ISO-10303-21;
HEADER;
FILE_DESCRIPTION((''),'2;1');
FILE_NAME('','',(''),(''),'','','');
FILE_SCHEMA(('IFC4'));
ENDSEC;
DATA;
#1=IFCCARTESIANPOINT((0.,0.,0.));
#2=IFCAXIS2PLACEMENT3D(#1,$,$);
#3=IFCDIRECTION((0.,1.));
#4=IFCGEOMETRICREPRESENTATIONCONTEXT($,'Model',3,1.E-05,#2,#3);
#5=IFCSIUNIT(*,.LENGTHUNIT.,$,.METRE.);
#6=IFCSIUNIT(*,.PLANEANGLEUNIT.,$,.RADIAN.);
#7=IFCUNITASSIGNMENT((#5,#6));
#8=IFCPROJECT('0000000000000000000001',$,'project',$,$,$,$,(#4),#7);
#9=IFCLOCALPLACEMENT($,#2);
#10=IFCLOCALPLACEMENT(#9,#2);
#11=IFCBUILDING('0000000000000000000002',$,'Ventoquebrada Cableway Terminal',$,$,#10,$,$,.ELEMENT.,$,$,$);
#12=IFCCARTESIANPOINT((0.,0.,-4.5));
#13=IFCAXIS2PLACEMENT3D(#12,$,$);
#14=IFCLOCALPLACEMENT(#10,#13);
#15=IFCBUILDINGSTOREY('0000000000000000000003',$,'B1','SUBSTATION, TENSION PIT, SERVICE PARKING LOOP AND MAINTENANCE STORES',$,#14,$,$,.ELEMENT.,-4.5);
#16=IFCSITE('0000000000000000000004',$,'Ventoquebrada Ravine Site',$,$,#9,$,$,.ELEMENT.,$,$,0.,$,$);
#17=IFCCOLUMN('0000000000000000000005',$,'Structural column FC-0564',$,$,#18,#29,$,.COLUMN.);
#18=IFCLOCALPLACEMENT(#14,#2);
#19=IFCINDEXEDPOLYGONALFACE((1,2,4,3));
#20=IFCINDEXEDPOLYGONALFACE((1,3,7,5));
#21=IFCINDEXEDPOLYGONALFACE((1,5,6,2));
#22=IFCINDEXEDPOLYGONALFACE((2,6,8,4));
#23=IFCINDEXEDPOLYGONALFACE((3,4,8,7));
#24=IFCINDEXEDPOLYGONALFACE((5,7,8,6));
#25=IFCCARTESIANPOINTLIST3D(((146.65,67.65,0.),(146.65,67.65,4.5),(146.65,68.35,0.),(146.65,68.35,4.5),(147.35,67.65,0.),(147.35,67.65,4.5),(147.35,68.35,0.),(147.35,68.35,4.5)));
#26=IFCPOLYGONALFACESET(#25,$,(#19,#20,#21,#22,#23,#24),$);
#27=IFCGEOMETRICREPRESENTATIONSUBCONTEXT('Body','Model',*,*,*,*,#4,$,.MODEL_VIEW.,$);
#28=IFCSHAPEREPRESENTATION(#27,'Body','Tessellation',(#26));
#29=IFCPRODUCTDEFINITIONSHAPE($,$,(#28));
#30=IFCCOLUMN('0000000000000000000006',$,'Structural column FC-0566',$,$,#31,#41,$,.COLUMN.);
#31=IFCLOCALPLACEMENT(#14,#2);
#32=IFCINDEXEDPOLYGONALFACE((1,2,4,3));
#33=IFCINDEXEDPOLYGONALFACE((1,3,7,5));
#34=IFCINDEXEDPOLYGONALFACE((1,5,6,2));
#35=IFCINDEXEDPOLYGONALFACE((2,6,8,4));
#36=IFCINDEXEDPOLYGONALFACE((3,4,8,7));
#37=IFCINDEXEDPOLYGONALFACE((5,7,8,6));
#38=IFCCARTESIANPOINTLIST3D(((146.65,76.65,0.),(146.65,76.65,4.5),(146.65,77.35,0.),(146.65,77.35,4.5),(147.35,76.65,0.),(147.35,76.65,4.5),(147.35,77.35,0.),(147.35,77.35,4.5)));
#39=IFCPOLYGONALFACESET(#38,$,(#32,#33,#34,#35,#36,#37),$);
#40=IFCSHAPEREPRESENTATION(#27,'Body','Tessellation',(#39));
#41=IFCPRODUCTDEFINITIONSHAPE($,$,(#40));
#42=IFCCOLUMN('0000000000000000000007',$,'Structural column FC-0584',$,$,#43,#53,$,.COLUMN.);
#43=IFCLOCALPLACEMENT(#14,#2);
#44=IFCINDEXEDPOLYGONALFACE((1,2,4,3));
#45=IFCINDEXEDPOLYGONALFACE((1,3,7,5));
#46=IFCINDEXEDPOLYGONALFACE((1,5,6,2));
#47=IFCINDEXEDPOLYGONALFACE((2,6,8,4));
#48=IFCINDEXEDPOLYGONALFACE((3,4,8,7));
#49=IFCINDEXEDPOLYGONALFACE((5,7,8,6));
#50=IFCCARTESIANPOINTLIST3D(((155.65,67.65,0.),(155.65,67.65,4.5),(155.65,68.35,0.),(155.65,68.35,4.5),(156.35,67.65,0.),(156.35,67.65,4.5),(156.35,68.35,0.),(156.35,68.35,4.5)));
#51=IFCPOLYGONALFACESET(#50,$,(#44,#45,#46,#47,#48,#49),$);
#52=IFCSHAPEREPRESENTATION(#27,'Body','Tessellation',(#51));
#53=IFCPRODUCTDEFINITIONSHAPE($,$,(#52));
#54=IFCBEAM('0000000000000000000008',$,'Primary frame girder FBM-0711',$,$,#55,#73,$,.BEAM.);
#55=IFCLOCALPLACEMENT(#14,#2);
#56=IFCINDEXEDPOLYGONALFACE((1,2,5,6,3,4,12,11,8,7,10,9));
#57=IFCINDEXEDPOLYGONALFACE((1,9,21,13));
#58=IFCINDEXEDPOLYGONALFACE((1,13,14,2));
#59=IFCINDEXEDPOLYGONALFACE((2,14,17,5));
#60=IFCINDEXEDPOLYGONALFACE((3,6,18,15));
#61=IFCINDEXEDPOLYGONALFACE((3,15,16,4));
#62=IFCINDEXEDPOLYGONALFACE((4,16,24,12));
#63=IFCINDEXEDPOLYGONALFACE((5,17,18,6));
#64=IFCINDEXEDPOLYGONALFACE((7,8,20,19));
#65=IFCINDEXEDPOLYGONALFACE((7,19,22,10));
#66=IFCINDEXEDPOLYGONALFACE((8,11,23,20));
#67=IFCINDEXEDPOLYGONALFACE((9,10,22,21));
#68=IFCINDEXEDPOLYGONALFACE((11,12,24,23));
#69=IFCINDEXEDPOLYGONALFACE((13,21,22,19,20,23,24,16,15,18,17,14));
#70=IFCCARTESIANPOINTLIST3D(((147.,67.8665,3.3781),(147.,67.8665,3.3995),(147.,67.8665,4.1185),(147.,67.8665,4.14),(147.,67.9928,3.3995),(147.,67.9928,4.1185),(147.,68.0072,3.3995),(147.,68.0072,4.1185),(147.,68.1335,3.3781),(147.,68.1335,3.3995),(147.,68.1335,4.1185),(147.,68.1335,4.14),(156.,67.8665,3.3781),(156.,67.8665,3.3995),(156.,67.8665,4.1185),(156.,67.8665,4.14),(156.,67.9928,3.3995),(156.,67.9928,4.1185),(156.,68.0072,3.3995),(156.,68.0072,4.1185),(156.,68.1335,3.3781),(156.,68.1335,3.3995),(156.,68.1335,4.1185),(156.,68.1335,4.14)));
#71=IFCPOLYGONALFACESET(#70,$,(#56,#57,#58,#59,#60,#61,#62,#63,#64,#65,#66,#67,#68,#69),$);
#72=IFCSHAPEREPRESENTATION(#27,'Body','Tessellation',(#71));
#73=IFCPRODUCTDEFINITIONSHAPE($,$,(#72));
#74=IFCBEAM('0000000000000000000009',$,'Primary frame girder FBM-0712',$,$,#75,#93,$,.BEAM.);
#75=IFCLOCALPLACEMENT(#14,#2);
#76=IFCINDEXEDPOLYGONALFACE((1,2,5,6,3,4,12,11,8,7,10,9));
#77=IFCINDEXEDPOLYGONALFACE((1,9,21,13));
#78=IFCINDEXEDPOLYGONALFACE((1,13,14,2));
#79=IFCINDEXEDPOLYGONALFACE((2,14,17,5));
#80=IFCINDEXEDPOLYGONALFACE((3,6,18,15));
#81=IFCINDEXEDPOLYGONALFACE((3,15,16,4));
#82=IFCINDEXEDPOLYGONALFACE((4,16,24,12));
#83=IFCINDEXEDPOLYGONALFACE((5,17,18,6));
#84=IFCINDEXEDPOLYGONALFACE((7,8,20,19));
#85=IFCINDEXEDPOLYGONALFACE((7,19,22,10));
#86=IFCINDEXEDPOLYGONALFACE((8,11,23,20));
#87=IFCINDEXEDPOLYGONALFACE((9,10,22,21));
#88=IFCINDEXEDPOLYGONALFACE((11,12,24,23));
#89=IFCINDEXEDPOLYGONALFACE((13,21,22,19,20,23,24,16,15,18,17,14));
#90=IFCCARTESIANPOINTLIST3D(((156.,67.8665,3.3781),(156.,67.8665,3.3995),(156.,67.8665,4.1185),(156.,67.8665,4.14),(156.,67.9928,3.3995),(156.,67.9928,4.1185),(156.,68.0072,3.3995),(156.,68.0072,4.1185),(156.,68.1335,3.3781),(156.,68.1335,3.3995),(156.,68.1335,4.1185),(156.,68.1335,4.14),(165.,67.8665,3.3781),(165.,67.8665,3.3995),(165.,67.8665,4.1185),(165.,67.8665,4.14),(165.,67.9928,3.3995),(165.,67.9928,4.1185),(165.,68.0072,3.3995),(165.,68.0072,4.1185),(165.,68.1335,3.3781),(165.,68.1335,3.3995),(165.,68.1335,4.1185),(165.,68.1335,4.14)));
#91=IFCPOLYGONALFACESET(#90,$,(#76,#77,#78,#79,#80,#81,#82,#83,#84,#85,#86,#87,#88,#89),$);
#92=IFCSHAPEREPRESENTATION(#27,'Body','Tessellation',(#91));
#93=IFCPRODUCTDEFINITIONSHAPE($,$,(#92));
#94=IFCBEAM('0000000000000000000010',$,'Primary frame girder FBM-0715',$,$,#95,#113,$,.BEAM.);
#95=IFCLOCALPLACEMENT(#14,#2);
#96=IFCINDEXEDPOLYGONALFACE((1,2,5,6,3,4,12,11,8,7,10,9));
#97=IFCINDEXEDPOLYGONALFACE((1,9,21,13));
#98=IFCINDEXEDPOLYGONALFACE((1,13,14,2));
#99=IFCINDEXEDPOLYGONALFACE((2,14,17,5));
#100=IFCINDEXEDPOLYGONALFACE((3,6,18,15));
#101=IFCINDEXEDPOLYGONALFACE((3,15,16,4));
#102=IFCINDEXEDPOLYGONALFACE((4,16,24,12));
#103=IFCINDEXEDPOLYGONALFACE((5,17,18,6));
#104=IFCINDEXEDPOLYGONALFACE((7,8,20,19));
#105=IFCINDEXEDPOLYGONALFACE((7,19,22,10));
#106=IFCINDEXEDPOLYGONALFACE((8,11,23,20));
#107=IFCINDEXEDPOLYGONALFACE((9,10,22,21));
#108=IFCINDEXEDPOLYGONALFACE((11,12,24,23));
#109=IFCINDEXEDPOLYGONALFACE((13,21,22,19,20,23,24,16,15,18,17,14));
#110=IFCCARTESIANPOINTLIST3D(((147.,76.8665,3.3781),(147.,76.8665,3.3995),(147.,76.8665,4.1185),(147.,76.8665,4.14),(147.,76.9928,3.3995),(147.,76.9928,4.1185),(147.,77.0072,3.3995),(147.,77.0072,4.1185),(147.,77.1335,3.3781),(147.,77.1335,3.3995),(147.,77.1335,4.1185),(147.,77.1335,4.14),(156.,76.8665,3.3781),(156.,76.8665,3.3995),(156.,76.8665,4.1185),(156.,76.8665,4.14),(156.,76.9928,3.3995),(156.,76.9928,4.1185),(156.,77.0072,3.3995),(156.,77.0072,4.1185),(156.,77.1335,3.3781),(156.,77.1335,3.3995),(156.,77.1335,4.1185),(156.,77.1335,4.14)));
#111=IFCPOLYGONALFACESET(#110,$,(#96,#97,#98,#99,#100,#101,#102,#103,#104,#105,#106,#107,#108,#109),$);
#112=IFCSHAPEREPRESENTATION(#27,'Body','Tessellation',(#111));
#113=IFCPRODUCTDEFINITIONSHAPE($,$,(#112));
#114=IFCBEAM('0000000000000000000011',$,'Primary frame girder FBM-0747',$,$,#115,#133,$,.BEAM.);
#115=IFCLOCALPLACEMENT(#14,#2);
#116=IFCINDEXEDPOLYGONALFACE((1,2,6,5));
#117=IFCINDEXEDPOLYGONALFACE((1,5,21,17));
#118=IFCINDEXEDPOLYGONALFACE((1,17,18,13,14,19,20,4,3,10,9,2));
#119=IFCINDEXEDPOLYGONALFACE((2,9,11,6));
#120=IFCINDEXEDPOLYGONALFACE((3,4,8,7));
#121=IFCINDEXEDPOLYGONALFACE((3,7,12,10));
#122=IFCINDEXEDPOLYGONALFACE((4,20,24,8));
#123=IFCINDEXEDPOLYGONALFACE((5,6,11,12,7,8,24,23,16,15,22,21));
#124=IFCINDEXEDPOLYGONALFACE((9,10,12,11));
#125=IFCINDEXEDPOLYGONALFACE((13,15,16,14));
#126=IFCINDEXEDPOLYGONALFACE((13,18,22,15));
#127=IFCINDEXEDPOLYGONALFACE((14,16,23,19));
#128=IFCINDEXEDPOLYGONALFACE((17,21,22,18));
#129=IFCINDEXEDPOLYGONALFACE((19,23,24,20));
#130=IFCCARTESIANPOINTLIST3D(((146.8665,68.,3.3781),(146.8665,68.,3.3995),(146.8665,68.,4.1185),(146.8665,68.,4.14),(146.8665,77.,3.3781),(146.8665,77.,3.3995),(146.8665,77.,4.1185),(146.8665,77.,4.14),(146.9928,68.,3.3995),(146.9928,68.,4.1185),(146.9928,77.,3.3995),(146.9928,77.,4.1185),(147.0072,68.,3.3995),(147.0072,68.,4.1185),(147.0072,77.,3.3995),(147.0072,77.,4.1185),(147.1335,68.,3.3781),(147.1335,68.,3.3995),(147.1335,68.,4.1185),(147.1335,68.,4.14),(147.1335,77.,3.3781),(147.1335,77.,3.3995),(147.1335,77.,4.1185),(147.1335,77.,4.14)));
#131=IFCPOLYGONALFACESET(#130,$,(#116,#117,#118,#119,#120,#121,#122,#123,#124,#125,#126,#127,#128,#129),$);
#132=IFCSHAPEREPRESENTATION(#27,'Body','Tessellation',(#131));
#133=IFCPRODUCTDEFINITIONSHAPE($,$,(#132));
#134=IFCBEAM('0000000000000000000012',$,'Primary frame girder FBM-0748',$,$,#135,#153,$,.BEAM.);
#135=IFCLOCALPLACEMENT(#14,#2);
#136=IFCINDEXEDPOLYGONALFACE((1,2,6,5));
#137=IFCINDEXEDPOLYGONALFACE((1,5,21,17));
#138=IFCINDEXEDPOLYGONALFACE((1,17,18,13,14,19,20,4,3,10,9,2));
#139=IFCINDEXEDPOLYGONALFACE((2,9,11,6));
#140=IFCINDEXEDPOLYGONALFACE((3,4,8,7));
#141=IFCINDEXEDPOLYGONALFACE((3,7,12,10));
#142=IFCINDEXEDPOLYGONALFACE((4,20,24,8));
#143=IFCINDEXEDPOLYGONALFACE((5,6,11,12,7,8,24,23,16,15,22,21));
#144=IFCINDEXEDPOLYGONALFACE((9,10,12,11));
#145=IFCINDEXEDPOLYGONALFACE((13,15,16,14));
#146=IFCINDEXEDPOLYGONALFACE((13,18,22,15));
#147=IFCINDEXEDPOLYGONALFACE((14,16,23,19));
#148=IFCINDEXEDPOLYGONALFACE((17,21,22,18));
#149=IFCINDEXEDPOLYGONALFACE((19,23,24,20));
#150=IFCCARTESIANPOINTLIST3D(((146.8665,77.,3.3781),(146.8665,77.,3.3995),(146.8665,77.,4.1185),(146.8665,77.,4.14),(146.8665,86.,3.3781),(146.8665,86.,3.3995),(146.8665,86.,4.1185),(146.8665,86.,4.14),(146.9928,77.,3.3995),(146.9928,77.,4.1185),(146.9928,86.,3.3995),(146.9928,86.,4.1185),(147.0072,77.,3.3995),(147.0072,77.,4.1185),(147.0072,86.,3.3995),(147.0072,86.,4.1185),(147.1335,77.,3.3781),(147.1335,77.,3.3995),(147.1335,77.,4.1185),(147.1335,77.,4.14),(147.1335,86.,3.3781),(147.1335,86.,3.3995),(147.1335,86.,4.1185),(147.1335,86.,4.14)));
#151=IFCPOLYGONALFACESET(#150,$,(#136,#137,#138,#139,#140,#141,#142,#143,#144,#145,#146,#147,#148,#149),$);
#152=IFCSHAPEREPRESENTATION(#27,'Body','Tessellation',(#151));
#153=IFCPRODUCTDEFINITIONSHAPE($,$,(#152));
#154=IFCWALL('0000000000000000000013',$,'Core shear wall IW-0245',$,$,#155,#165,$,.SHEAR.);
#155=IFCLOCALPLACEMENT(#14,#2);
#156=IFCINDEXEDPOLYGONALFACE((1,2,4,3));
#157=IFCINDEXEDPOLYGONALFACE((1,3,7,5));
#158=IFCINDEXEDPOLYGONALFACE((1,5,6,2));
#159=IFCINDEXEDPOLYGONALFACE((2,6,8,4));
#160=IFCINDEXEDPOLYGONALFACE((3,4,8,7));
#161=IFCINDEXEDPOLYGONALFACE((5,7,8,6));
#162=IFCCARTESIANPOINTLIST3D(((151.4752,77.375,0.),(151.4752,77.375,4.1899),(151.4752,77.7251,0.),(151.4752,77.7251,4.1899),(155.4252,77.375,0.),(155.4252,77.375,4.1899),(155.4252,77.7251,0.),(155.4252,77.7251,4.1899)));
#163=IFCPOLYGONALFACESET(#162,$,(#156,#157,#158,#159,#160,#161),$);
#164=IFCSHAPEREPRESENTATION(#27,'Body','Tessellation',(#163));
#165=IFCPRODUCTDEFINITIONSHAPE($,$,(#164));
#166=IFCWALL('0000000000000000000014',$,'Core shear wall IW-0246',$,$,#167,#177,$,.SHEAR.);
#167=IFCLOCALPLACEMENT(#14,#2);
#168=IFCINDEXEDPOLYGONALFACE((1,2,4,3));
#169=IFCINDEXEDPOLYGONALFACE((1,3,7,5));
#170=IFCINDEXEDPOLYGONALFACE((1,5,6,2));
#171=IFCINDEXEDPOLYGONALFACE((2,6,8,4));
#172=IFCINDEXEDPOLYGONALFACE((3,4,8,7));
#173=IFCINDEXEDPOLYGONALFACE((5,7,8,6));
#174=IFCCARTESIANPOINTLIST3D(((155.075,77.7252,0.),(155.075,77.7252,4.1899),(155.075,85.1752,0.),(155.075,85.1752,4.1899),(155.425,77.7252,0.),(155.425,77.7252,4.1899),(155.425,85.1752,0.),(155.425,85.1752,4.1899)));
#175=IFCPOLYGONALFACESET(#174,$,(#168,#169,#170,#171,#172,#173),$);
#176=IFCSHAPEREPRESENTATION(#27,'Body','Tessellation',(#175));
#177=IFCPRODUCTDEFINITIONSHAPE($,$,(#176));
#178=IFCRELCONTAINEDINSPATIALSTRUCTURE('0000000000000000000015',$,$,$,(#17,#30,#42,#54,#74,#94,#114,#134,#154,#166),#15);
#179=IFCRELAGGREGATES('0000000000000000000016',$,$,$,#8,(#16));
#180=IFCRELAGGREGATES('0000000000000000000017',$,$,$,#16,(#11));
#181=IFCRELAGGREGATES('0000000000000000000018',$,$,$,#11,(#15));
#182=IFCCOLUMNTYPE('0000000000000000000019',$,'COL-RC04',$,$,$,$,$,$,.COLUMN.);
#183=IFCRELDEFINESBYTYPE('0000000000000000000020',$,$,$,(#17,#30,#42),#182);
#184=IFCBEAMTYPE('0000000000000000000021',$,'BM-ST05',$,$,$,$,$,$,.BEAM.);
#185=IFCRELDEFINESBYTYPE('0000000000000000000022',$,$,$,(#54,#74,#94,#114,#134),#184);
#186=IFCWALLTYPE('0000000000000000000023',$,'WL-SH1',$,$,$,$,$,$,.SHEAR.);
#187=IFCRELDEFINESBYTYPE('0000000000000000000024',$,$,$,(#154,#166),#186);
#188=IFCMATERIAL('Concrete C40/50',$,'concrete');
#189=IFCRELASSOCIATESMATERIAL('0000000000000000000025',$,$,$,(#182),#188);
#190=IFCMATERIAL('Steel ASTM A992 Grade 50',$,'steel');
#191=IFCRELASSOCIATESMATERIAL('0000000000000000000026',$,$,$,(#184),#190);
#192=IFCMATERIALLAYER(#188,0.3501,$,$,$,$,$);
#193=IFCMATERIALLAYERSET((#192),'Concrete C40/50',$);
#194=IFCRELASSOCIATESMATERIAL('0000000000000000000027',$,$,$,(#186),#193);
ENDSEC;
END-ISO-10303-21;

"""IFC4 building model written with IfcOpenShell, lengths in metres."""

from ifc_helpers import new_model, si_unit, direction, frame, frame_2d, origin, origin_2d, place, context, subcontext, project, spatial, rectangle, i_section, extrude, material, layer, layer_set, material_profile, profile_set, type_object, element, save


model = new_model("IFC4")

# Units and contexts
model_context = context("Model", 3, precision=1e-05, world=origin(), true_north=direction((0.0, 1.0)))
body_context = subcontext(model_context, "Body", "Model", "MODEL_VIEW")
ifc_project = project(units=[si_unit("LENGTHUNIT", "METRE"), si_unit("PLANEANGLEUNIT", "RADIAN")], contexts=[model_context])

# Site, building, storey
site_placement = place(None, origin())
site = spatial("IfcSite", under=ifc_project, at=site_placement, Name="Ventoquebrada Ravine Site", CompositionType="ELEMENT", RefElevation=0.0)
building_placement = place(site_placement, origin())
building = spatial("IfcBuilding", under=site, at=building_placement, Name="Ventoquebrada Cableway Terminal", CompositionType="ELEMENT")
storey_placement = place(building_placement, frame((0.0, 0.0, -4.5)))
storey = spatial("IfcBuildingStorey", under=building, at=storey_placement, Name="B1", Description="SUBSTATION, TENSION PIT, SERVICE PARKING LOOP AND MAINTENANCE STORES", CompositionType="ELEMENT", Elevation=-4.5)

# Shared definitions
ifc_material_1 = material(Name="Concrete C40/50", Category="concrete")

# Columns
ifc_material_profile_1 = material_profile(ifc_material_1, rectangle(XDim=0.7, YDim=0.7, at=origin_2d()), Name="RC-COL-700X700")
ifc_profile_set_1 = profile_set([ifc_material_profile_1], Name="Concrete C40/50")
column_type = type_object("IfcColumnType", Name="COL-RC04", PredefinedType="COLUMN", material=ifc_profile_set_1)
for number, where, z_axis, x_axis, name in (
    (1, (147.0, 68.0, 0.0), (0.0, 0.0, 1.0), (1.0, 0.0, 0.0), "Structural column FC-0564"),
    (2, (147.0, 77.0, 0.0), (0.0, 0.0, 1.0), (1.0, 0.0, 0.0), "Structural column FC-0566"),
    (3, (156.0, 68.0, 0.0), (0.0, 0.0, 1.0), (1.0, 0.0, 0.0), "Structural column FC-0584"),
):
    element("IfcColumn", number, at=place(storey_placement, frame(where, z_axis=z_axis, x_axis=x_axis)), inside=storey, type_object=column_type, Name=name, PredefinedType="COLUMN", context=body_context, shape_type="SweptSolid", body=[
        extrude(rectangle(XDim=0.7, YDim=0.7, at=origin_2d()), origin(), (0.0, 0.0, 1.0), 4.5),
    ])

# Beams
ifc_material_2 = material(Name="Steel ASTM A992 Grade 50", Category="steel")
ifc_material_profile_2 = material_profile(ifc_material_2, i_section(OverallWidth=0.2671, OverallDepth=0.762, WebThickness=0.0144, FlangeThickness=0.0215, at=origin_2d()), Name="W30X116")
ifc_profile_set_2 = profile_set([ifc_material_profile_2], Name="Steel ASTM A992 Grade 50")
beam_type = type_object("IfcBeamType", Name="BM-ST05", PredefinedType="BEAM", material=ifc_profile_set_2)
for number, where, z_axis, x_axis, name in (
    (4, (147.0, 68.0, 3.759), (1.0, 0.0, 0.0), (0.0, 1.0, 0.0), "Primary frame girder FBM-0711"),
    (5, (156.0, 68.0, 3.759), (1.0, 0.0, 0.0), (0.0, 1.0, 0.0), "Primary frame girder FBM-0712"),
    (6, (147.0, 77.0, 3.759), (1.0, 0.0, 0.0), (0.0, 1.0, 0.0), "Primary frame girder FBM-0715"),
    (7, (147.0, 68.0, 3.759), (0.0, 1.0, 0.0), (-1.0, 0.0, 0.0), "Primary frame girder FBM-0747"),
    (8, (147.0, 77.0, 3.759), (0.0, 1.0, 0.0), (-1.0, 0.0, 0.0), "Primary frame girder FBM-0748"),
):
    element("IfcBeam", number, at=place(storey_placement, frame(where, z_axis=z_axis, x_axis=x_axis)), inside=storey, type_object=beam_type, Name=name, PredefinedType="BEAM", context=body_context, shape_type="SweptSolid", body=[
        extrude(i_section(OverallWidth=0.2671, OverallDepth=0.762, WebThickness=0.0144, FlangeThickness=0.0215, at=origin_2d()), origin(), (0.0, 0.0, 1.0), 9.0),
    ])

# Walls
ifc_layer = layer(ifc_material_1, 0.3501)
ifc_layer_set = layer_set([ifc_layer], Name="Concrete C40/50")
wall_type = type_object("IfcWallType", Name="WL-SH1", PredefinedType="SHEAR", material=ifc_layer_set)
wall_1_placement = place(storey_placement, frame((151.4751, 77.55, 0.0), z_axis=(0.0, 0.0, 1.0), x_axis=(1.0, 0.0, 0.0)))
element("IfcWall", 9, at=wall_1_placement, inside=storey, type_object=wall_type, Name="Core shear wall IW-0245", PredefinedType="SHEAR", context=body_context, shape_type="SweptSolid", body=[
    extrude(rectangle(XDim=3.95, YDim=0.3501, at=frame_2d((1.9751, 0.0))), origin(), (0.0, 0.0, 1.0), 4.1899),
])
wall_2_placement = place(storey_placement, frame((155.25, 77.7251, 0.0), z_axis=(0.0, 0.0, 1.0), x_axis=(0.0, 1.0, 0.0)))
element("IfcWall", 10, at=wall_2_placement, inside=storey, type_object=wall_type, Name="Core shear wall IW-0246", PredefinedType="SHEAR", context=body_context, shape_type="SweptSolid", body=[
    extrude(rectangle(XDim=7.45, YDim=0.3501, at=frame_2d((3.7251, 0.0))), origin(), (0.0, 0.0, 1.0), 4.1899),
])

save(model, "model.ifc")
